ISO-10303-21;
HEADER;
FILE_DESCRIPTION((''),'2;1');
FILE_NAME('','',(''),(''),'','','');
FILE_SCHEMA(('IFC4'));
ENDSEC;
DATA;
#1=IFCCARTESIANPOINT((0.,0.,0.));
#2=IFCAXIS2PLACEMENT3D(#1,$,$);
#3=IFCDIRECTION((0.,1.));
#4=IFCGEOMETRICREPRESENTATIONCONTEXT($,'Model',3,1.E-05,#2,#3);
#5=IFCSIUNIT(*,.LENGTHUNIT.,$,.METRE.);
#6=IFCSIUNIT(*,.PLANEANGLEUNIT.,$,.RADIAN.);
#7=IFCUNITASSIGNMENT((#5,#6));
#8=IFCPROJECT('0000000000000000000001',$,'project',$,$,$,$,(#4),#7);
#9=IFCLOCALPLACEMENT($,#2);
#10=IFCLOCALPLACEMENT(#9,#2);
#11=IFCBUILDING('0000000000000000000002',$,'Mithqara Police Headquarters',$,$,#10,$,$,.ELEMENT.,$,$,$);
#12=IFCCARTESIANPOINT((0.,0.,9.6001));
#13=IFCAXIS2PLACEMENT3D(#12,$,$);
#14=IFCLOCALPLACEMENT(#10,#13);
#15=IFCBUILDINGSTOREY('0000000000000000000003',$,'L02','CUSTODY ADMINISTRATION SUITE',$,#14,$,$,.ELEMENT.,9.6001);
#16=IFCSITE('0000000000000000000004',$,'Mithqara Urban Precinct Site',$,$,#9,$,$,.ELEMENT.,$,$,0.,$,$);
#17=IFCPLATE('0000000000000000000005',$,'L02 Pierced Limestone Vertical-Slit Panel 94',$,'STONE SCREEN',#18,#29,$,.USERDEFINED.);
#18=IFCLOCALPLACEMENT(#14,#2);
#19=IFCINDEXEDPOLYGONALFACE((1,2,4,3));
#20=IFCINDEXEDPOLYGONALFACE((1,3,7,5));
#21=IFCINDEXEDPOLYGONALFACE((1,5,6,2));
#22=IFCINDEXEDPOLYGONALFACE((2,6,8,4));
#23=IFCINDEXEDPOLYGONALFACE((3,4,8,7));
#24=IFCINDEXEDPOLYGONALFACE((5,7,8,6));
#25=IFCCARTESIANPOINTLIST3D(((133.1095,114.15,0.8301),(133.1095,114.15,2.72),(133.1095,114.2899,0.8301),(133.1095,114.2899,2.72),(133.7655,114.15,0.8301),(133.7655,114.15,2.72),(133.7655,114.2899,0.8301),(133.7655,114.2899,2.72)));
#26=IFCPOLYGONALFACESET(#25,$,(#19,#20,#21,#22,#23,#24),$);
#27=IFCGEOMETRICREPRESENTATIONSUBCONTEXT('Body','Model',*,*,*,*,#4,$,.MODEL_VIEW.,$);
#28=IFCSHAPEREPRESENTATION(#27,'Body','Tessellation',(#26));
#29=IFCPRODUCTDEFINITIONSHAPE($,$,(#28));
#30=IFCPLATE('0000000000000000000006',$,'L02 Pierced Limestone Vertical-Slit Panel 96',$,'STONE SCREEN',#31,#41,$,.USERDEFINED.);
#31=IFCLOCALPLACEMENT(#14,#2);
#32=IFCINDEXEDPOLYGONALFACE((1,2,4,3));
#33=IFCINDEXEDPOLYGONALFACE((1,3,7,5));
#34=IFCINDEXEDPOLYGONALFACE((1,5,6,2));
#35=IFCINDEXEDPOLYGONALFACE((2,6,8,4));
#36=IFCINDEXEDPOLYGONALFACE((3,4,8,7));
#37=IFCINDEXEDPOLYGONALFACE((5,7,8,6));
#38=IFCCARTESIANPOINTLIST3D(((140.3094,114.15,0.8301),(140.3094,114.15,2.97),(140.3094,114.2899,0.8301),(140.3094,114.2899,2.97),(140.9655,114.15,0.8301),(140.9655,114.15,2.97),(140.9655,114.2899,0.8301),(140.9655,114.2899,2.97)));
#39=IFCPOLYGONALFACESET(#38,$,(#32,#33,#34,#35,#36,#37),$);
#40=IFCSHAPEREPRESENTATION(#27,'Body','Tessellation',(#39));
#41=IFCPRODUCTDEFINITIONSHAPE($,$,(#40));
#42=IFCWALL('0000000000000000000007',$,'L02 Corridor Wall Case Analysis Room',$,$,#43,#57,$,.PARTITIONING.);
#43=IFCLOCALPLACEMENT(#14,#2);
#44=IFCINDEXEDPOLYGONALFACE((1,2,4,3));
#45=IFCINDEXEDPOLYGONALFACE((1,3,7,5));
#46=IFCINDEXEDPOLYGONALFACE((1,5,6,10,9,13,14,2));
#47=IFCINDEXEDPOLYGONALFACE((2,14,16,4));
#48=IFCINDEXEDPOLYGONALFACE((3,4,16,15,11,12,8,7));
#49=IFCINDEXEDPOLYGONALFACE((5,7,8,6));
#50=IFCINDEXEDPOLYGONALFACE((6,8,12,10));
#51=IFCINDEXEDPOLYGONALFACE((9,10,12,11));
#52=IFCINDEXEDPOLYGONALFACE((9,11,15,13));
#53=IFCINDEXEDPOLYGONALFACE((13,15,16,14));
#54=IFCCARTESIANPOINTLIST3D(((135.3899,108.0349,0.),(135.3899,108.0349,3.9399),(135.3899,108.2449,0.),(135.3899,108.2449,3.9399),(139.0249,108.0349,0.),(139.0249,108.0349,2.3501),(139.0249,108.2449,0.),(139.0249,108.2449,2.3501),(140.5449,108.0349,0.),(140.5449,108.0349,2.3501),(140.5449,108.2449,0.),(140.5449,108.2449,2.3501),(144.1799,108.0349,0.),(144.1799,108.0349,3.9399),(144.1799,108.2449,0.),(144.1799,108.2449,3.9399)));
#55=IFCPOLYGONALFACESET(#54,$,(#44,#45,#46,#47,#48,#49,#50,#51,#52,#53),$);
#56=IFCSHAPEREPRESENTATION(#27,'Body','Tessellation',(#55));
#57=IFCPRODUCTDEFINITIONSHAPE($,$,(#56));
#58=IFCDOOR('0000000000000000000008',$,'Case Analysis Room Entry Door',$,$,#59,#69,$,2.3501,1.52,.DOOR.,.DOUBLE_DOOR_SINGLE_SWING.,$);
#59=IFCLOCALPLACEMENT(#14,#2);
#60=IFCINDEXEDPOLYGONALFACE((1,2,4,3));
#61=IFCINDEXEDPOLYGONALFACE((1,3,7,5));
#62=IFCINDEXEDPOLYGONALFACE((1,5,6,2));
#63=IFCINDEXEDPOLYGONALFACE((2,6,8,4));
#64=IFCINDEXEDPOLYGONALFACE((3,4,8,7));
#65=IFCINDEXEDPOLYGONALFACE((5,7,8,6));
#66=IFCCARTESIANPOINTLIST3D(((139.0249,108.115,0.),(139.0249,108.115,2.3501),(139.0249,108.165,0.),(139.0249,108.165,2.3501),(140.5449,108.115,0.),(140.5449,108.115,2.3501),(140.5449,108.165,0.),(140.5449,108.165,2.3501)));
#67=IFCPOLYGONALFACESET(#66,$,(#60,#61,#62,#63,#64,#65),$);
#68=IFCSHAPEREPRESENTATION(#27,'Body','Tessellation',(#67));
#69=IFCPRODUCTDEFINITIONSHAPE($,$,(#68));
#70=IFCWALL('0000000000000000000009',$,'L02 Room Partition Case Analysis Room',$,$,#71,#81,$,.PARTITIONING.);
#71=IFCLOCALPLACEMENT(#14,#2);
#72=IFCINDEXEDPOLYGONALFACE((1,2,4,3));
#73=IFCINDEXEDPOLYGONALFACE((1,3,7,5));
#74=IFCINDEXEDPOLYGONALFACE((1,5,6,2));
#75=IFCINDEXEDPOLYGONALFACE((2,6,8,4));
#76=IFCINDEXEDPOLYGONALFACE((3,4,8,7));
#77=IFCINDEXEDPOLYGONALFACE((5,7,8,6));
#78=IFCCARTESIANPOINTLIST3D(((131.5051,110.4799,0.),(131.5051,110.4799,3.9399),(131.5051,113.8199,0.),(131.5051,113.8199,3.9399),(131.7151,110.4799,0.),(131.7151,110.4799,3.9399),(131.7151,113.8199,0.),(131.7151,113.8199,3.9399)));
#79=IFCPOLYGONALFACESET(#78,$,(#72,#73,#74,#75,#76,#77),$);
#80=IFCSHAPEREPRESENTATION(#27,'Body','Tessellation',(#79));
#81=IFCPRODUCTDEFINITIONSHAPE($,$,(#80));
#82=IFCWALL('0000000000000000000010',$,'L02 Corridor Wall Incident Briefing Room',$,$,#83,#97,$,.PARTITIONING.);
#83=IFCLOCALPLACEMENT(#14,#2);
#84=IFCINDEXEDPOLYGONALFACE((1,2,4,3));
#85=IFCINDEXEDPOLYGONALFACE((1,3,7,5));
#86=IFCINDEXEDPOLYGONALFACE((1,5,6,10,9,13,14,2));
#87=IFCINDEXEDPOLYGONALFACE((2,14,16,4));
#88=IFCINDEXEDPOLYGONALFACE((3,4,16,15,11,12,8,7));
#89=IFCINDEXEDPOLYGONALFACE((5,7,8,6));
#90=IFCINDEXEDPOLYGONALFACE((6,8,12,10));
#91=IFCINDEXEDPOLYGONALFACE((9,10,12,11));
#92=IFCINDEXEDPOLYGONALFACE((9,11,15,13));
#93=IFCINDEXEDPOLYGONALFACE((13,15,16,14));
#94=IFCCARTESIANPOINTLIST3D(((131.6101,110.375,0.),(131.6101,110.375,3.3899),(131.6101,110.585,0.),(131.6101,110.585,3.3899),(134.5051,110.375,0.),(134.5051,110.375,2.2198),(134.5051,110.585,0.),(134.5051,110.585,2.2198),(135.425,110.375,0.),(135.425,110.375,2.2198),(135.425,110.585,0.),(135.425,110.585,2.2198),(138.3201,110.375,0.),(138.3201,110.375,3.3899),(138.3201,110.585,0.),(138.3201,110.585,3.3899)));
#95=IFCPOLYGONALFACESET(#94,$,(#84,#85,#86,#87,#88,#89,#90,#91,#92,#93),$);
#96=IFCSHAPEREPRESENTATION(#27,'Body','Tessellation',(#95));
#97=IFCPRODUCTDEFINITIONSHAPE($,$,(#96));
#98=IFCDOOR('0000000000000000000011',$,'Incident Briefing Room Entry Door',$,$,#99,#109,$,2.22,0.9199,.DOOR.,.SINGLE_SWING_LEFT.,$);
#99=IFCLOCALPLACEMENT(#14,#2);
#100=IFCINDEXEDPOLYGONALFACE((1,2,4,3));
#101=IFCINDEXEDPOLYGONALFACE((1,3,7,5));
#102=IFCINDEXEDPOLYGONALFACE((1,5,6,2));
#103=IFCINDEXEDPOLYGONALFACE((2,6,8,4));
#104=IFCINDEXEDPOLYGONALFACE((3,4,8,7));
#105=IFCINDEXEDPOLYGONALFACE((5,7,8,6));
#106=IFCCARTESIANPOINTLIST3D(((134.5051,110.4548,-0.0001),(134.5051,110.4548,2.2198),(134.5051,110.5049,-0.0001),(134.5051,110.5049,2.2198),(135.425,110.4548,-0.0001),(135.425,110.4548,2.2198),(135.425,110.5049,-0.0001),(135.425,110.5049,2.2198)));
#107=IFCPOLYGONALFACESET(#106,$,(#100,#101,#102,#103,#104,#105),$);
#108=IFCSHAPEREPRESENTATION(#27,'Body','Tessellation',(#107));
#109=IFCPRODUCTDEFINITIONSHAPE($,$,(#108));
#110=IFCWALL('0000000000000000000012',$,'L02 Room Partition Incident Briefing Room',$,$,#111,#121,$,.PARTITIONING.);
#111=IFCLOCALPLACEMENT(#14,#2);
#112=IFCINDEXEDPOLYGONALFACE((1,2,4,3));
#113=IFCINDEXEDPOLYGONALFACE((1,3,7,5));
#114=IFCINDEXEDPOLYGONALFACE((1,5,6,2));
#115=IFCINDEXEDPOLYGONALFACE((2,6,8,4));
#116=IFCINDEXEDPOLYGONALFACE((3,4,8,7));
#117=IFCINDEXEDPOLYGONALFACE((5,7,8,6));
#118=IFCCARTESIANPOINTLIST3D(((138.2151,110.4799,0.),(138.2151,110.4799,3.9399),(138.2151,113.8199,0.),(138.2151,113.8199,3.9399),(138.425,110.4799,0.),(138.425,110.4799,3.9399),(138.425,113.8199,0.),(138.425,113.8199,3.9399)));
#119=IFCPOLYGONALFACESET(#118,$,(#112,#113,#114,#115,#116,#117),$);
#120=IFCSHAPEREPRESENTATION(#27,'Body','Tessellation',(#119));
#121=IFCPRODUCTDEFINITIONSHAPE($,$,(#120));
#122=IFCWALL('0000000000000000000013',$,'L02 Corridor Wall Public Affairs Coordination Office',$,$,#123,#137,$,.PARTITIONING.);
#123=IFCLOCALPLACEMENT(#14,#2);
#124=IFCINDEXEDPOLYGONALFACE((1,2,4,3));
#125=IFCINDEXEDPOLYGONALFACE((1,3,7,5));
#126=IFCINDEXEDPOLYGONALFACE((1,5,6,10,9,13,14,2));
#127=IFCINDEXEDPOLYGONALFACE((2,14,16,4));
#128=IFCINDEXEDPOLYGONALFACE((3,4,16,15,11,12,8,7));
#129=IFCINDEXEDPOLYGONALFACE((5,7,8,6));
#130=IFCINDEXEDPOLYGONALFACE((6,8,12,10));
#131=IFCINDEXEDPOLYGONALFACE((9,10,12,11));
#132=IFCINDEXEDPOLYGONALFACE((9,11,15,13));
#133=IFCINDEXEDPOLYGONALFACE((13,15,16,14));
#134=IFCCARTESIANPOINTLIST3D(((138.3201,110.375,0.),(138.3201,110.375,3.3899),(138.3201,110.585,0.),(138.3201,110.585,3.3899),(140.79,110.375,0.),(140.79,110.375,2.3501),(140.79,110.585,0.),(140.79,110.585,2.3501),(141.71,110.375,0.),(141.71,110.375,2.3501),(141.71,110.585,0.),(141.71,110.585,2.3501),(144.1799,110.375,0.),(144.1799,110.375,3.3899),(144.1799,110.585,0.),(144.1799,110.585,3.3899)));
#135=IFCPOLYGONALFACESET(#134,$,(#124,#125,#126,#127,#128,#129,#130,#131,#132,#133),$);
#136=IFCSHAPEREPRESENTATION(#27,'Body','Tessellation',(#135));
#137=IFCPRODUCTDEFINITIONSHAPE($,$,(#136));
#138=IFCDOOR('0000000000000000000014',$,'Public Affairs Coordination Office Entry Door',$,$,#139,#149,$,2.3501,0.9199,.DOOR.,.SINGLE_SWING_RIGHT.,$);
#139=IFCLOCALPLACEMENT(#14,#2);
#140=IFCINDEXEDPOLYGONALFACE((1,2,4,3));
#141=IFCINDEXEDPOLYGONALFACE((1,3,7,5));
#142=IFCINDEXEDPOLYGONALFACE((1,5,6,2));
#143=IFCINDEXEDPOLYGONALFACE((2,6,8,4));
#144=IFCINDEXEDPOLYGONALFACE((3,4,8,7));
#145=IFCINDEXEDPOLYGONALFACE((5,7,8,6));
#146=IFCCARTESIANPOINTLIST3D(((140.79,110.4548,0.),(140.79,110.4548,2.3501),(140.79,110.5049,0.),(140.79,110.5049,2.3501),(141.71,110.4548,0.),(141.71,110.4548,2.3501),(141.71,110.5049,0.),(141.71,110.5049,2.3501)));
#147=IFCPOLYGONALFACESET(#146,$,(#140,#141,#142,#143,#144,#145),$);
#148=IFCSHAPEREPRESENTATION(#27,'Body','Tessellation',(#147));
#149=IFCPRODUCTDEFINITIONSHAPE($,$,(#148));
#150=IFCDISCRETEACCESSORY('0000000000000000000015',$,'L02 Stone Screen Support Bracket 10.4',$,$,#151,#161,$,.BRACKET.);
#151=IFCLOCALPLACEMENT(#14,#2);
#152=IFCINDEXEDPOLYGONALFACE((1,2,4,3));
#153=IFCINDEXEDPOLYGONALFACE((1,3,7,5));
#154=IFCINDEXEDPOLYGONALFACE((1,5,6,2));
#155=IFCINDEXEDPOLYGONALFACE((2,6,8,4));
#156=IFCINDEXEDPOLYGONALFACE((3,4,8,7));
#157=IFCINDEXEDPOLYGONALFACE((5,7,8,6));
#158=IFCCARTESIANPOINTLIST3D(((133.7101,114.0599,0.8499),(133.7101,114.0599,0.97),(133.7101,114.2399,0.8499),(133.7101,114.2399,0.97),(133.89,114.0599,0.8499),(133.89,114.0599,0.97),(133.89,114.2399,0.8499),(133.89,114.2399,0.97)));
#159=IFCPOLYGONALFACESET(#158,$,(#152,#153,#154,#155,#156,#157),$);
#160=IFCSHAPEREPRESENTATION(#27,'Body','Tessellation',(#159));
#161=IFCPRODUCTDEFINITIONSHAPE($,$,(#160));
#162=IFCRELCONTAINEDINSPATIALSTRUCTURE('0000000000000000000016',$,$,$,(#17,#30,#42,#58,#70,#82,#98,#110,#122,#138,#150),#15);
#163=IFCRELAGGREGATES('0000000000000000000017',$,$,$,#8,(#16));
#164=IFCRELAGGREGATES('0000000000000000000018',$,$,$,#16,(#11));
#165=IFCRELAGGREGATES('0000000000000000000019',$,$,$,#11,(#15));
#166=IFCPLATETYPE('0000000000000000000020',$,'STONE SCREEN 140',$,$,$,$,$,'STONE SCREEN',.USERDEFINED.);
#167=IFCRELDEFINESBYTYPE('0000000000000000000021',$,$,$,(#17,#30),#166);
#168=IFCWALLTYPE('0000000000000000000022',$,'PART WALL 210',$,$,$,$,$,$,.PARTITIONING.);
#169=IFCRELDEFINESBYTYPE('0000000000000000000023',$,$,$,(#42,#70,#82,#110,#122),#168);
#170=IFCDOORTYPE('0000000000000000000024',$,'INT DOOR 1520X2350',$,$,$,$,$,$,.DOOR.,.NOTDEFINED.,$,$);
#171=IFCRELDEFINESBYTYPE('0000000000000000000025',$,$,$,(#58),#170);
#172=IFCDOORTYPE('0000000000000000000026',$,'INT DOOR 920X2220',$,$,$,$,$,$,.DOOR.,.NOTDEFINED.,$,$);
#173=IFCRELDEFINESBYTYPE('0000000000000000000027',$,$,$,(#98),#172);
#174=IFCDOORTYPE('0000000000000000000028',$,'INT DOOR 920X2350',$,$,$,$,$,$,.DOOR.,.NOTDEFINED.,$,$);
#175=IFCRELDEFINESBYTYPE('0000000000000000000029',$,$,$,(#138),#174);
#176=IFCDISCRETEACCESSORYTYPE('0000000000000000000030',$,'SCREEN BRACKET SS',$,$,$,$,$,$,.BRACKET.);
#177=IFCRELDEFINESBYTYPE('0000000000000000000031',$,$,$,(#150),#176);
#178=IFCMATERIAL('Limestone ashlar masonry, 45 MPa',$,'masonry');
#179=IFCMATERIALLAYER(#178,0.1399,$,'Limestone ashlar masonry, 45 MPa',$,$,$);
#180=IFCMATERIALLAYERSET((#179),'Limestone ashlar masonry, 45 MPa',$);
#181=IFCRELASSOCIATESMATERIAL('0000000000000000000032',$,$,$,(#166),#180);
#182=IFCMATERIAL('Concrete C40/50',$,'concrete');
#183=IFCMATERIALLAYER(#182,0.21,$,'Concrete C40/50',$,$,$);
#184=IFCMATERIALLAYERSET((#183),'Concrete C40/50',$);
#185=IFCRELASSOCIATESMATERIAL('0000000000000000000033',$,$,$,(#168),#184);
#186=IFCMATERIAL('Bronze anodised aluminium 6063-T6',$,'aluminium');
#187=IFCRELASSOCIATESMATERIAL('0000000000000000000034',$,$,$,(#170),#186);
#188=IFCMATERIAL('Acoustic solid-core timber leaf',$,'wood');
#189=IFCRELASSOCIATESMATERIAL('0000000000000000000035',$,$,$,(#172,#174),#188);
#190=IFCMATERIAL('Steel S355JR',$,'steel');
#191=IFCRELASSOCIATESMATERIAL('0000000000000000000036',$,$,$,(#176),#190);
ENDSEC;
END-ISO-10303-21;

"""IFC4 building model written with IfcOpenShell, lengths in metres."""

from ifc_helpers import new_model, si_unit, direction, frame, frame_2d, origin, origin_2d, place, context, subcontext, project, spatial, rectangle, extrude, material, layer, layer_set, type_object, element, fill, save


model = new_model("IFC4")

# Units and contexts
model_context = context("Model", 3, precision=1e-05, world=origin(), true_north=direction((0.0, 1.0)))
body_context = subcontext(model_context, "Body", "Model", "MODEL_VIEW")
ifc_project = project(units=[si_unit("LENGTHUNIT", "METRE"), si_unit("PLANEANGLEUNIT", "RADIAN")], contexts=[model_context])

# Site, building, storey
site_placement = place(None, origin())
site = spatial("IfcSite", under=ifc_project, at=site_placement, Name="Mithqara Urban Precinct Site", CompositionType="ELEMENT", RefElevation=0.0)
building_placement = place(site_placement, origin())
building = spatial("IfcBuilding", under=site, at=building_placement, Name="Mithqara Police Headquarters", CompositionType="ELEMENT")
storey_placement = place(building_placement, frame((0.0, 0.0, 9.6001)))
storey = spatial("IfcBuildingStorey", under=building, at=storey_placement, Name="L02", Description="CUSTODY ADMINISTRATION SUITE", CompositionType="ELEMENT", Elevation=9.6001)

# Shared definitions
ifc_material_1 = material(Name="Steel S355JR", Category="steel")
ifc_material_2 = material(Name="Concrete C40/50", Category="concrete")

# Plates
ifc_material_3 = material(Name="Limestone ashlar masonry, 45 MPa", Category="masonry")
ifc_layer_1 = layer(ifc_material_3, 0.1399, Name="Limestone ashlar masonry, 45 MPa")
ifc_layer_set_1 = layer_set([ifc_layer_1], Name="Limestone ashlar masonry, 45 MPa")
plate_type = type_object("IfcPlateType", Name="STONE SCREEN 140", ElementType="STONE SCREEN", PredefinedType="USERDEFINED", material=ifc_layer_set_1)
for number, where, z_axis, x_axis, name in (
    (1, (133.4375, 114.22, 0.8301), (0.0, 0.0, 1.0), (1.0, 0.0, 0.0), "L02 Pierced Limestone Vertical-Slit Panel 94"),
):
    element("IfcPlate", number, at=place(storey_placement, frame(where, z_axis=z_axis, x_axis=x_axis)), inside=storey, type_object=plate_type, Name=name, ObjectType="STONE SCREEN", PredefinedType="USERDEFINED", context=body_context, shape_type="SweptSolid", body=[
        extrude(rectangle(XDim=0.656, YDim=0.1399, at=origin_2d()), origin(), (0.0, 0.0, 1.0), 1.8899),
    ])
plate_placement = place(storey_placement, frame((140.6375, 114.22, 0.8301), z_axis=(0.0, 0.0, 1.0), x_axis=(1.0, 0.0, 0.0)))
element("IfcPlate", 2, at=plate_placement, inside=storey, type_object=plate_type, Name="L02 Pierced Limestone Vertical-Slit Panel 96", ObjectType="STONE SCREEN", PredefinedType="USERDEFINED", context=body_context, shape_type="SweptSolid", body=[
    extrude(rectangle(XDim=0.656, YDim=0.1399, at=origin_2d()), origin(), (0.0, 0.0, 1.0), 2.1399),
])

# Wall, opening, door
ifc_layer_2 = layer(ifc_material_2, 0.21, Name="Concrete C40/50")
ifc_layer_set_2 = layer_set([ifc_layer_2], Name="Concrete C40/50")
wall_type = type_object("IfcWallType", Name="PART WALL 210", PredefinedType="PARTITIONING", material=ifc_layer_set_2)
wall_1_placement = place(storey_placement, frame((135.3899, 108.1399, 0.0), z_axis=(0.0, 0.0, 1.0), x_axis=(1.0, 0.0, 0.0)))
wall_1 = element("IfcWall", 3, at=wall_1_placement, inside=storey, type_object=wall_type, Name="L02 Corridor Wall Case Analysis Room", PredefinedType="PARTITIONING", context=body_context, shape_type="SweptSolid", body=[
    extrude(rectangle(XDim=8.79, YDim=0.21, at=frame_2d((4.395, 0.0))), origin(), (0.0, 0.0, 1.0), 3.9399),
])
opening_1_placement = place(wall_1_placement, frame((3.635, 0.0, 0.0)))
opening_1 = element("IfcOpeningElement", 4, at=opening_1_placement, cuts=wall_1, PredefinedType="OPENING", context=body_context, shape_type="SweptSolid", body=[
    extrude(rectangle(XDim=1.52, YDim=2.3501, at=frame_2d((0.76, 1.175))), frame((0.0, 0.115, 0.0), z_axis=(0.0, -1.0, 0.0), x_axis=(1.0, 0.0, 0.0)), (0.0, 0.0, 1.0), 0.23),
])
ifc_material_4 = material(Name="Bronze anodised aluminium 6063-T6", Category="aluminium")
door_type_1 = type_object("IfcDoorType", Name="INT DOOR 1520X2350", OperationType="NOTDEFINED", PredefinedType="DOOR", material=ifc_material_4)
door_1_placement = place(opening_1_placement, frame((1.52, 0.0, 0.0), z_axis=(0.0, 0.0, 1.0), x_axis=(-1.0, 0.0, 0.0)))
door_1 = element("IfcDoor", 5, at=door_1_placement, inside=storey, type_object=door_type_1, Name="Case Analysis Room Entry Door", OperationType="DOUBLE_DOOR_SINGLE_SWING", OverallHeight=2.3501, OverallWidth=1.52, PredefinedType="DOOR", context=body_context, shape_type="SweptSolid", body=[
    extrude(rectangle(XDim=1.52, YDim=2.3501, at=frame_2d((0.76, 1.175))), frame((0.0, 0.0249, 0.0), z_axis=(0.0, -1.0, 0.0), x_axis=(1.0, 0.0, 0.0)), (0.0, 0.0, 1.0), 0.05),
])
fill(opening_1, door_1)

# Wall
wall_2_placement = place(storey_placement, frame((131.6101, 110.48, 0.0), z_axis=(0.0, 0.0, 1.0), x_axis=(0.0, 1.0, 0.0)))
element("IfcWall", 6, at=wall_2_placement, inside=storey, type_object=wall_type, Name="L02 Room Partition Case Analysis Room", PredefinedType="PARTITIONING", context=body_context, shape_type="SweptSolid", body=[
    extrude(rectangle(XDim=3.3401, YDim=0.21, at=frame_2d((1.6699, 0.0))), origin(), (0.0, 0.0, 1.0), 3.9399),
])

# Wall, opening, door
wall_3_placement = place(storey_placement, frame((131.6101, 110.48, 0.0), z_axis=(0.0, 0.0, 1.0), x_axis=(1.0, 0.0, 0.0)))
wall_3 = element("IfcWall", 7, at=wall_3_placement, inside=storey, type_object=wall_type, Name="L02 Corridor Wall Incident Briefing Room", PredefinedType="PARTITIONING", context=body_context, shape_type="SweptSolid", body=[
    extrude(rectangle(XDim=6.71, YDim=0.21, at=frame_2d((3.355, 0.0))), origin(), (0.0, 0.0, 1.0), 3.3899),
])
opening_2_placement = place(wall_3_placement, frame((2.895, 0.0, 0.0)))
opening_2 = element("IfcOpeningElement", 8, at=opening_2_placement, cuts=wall_3, PredefinedType="OPENING", context=body_context, shape_type="SweptSolid", body=[
    extrude(rectangle(XDim=0.9199, YDim=2.22, at=frame_2d((0.46, 1.1099))), frame((0.0, 0.115, 0.0), z_axis=(0.0, -1.0, 0.0), x_axis=(1.0, 0.0, 0.0)), (0.0, 0.0, 1.0), 0.23),
])
ifc_material_5 = material(Name="Acoustic solid-core timber leaf", Category="wood")
door_type_2 = type_object("IfcDoorType", Name="INT DOOR 920X2220", OperationType="NOTDEFINED", PredefinedType="DOOR", material=ifc_material_5)
door_2_placement = place(opening_2_placement, origin())
door_2 = element("IfcDoor", 9, at=door_2_placement, inside=storey, type_object=door_type_2, Name="Incident Briefing Room Entry Door", OperationType="SINGLE_SWING_LEFT", OverallHeight=2.22, OverallWidth=0.9199, PredefinedType="DOOR", context=body_context, shape_type="SweptSolid", body=[
    extrude(rectangle(XDim=0.9199, YDim=2.22, at=frame_2d((0.46, 1.1099))), frame((0.0, 0.0249, 0.0), z_axis=(0.0, -1.0, 0.0), x_axis=(1.0, 0.0, 0.0)), (0.0, 0.0, 1.0), 0.05),
])
fill(opening_2, door_2)

# Wall
wall_4_placement = place(storey_placement, frame((138.3201, 110.48, 0.0), z_axis=(0.0, 0.0, 1.0), x_axis=(0.0, 1.0, 0.0)))
element("IfcWall", 10, at=wall_4_placement, inside=storey, type_object=wall_type, Name="L02 Room Partition Incident Briefing Room", PredefinedType="PARTITIONING", context=body_context, shape_type="SweptSolid", body=[
    extrude(rectangle(XDim=3.3401, YDim=0.21, at=frame_2d((1.6699, 0.0))), origin(), (0.0, 0.0, 1.0), 3.9399),
])

# Wall, opening, door
wall_5_placement = place(storey_placement, frame((138.3201, 110.48, 0.0), z_axis=(0.0, 0.0, 1.0), x_axis=(1.0, 0.0, 0.0)))
wall_5 = element("IfcWall", 11, at=wall_5_placement, inside=storey, type_object=wall_type, Name="L02 Corridor Wall Public Affairs Coordination Office", PredefinedType="PARTITIONING", context=body_context, shape_type="SweptSolid", body=[
    extrude(rectangle(XDim=5.8599, YDim=0.21, at=frame_2d((2.9299, 0.0))), origin(), (0.0, 0.0, 1.0), 3.3899),
])
opening_3_placement = place(wall_5_placement, frame((2.47, 0.0, 0.0)))
opening_3 = element("IfcOpeningElement", 12, at=opening_3_placement, cuts=wall_5, PredefinedType="OPENING", context=body_context, shape_type="SweptSolid", body=[
    extrude(rectangle(XDim=0.9199, YDim=2.3501, at=frame_2d((0.46, 1.175))), frame((0.0, 0.115, 0.0), z_axis=(0.0, -1.0, 0.0), x_axis=(1.0, 0.0, 0.0)), (0.0, 0.0, 1.0), 0.23),
])
door_type_3 = type_object("IfcDoorType", Name="INT DOOR 920X2350", OperationType="NOTDEFINED", PredefinedType="DOOR", material=ifc_material_5)
door_3_placement = place(opening_3_placement, origin())
door_3 = element("IfcDoor", 13, at=door_3_placement, inside=storey, type_object=door_type_3, Name="Public Affairs Coordination Office Entry Door", OperationType="SINGLE_SWING_RIGHT", OverallHeight=2.3501, OverallWidth=0.9199, PredefinedType="DOOR", context=body_context, shape_type="SweptSolid", body=[
    extrude(rectangle(XDim=0.9199, YDim=2.3501, at=frame_2d((0.46, 1.175))), frame((0.0, 0.0249, 0.0), z_axis=(0.0, -1.0, 0.0), x_axis=(1.0, 0.0, 0.0)), (0.0, 0.0, 1.0), 0.05),
])
fill(opening_3, door_3)

# Discrete accessory
discrete_accessory_type = type_object("IfcDiscreteAccessoryType", Name="SCREEN BRACKET SS", PredefinedType="BRACKET", material=ifc_material_1)
discrete_accessory_placement = place(storey_placement, frame((133.8, 114.1499, 0.8499), z_axis=(0.0, 0.0, 1.0), x_axis=(1.0, 0.0, 0.0)))
element("IfcDiscreteAccessory", 14, at=discrete_accessory_placement, inside=storey, type_object=discrete_accessory_type, Name="L02 Stone Screen Support Bracket 10.4", PredefinedType="BRACKET", context=body_context, shape_type="SweptSolid", body=[
    extrude(rectangle(XDim=0.1799, YDim=0.1799, at=origin_2d()), origin(), (0.0, 0.0, 1.0), 0.1201),
])

save(model, "model.ifc")
